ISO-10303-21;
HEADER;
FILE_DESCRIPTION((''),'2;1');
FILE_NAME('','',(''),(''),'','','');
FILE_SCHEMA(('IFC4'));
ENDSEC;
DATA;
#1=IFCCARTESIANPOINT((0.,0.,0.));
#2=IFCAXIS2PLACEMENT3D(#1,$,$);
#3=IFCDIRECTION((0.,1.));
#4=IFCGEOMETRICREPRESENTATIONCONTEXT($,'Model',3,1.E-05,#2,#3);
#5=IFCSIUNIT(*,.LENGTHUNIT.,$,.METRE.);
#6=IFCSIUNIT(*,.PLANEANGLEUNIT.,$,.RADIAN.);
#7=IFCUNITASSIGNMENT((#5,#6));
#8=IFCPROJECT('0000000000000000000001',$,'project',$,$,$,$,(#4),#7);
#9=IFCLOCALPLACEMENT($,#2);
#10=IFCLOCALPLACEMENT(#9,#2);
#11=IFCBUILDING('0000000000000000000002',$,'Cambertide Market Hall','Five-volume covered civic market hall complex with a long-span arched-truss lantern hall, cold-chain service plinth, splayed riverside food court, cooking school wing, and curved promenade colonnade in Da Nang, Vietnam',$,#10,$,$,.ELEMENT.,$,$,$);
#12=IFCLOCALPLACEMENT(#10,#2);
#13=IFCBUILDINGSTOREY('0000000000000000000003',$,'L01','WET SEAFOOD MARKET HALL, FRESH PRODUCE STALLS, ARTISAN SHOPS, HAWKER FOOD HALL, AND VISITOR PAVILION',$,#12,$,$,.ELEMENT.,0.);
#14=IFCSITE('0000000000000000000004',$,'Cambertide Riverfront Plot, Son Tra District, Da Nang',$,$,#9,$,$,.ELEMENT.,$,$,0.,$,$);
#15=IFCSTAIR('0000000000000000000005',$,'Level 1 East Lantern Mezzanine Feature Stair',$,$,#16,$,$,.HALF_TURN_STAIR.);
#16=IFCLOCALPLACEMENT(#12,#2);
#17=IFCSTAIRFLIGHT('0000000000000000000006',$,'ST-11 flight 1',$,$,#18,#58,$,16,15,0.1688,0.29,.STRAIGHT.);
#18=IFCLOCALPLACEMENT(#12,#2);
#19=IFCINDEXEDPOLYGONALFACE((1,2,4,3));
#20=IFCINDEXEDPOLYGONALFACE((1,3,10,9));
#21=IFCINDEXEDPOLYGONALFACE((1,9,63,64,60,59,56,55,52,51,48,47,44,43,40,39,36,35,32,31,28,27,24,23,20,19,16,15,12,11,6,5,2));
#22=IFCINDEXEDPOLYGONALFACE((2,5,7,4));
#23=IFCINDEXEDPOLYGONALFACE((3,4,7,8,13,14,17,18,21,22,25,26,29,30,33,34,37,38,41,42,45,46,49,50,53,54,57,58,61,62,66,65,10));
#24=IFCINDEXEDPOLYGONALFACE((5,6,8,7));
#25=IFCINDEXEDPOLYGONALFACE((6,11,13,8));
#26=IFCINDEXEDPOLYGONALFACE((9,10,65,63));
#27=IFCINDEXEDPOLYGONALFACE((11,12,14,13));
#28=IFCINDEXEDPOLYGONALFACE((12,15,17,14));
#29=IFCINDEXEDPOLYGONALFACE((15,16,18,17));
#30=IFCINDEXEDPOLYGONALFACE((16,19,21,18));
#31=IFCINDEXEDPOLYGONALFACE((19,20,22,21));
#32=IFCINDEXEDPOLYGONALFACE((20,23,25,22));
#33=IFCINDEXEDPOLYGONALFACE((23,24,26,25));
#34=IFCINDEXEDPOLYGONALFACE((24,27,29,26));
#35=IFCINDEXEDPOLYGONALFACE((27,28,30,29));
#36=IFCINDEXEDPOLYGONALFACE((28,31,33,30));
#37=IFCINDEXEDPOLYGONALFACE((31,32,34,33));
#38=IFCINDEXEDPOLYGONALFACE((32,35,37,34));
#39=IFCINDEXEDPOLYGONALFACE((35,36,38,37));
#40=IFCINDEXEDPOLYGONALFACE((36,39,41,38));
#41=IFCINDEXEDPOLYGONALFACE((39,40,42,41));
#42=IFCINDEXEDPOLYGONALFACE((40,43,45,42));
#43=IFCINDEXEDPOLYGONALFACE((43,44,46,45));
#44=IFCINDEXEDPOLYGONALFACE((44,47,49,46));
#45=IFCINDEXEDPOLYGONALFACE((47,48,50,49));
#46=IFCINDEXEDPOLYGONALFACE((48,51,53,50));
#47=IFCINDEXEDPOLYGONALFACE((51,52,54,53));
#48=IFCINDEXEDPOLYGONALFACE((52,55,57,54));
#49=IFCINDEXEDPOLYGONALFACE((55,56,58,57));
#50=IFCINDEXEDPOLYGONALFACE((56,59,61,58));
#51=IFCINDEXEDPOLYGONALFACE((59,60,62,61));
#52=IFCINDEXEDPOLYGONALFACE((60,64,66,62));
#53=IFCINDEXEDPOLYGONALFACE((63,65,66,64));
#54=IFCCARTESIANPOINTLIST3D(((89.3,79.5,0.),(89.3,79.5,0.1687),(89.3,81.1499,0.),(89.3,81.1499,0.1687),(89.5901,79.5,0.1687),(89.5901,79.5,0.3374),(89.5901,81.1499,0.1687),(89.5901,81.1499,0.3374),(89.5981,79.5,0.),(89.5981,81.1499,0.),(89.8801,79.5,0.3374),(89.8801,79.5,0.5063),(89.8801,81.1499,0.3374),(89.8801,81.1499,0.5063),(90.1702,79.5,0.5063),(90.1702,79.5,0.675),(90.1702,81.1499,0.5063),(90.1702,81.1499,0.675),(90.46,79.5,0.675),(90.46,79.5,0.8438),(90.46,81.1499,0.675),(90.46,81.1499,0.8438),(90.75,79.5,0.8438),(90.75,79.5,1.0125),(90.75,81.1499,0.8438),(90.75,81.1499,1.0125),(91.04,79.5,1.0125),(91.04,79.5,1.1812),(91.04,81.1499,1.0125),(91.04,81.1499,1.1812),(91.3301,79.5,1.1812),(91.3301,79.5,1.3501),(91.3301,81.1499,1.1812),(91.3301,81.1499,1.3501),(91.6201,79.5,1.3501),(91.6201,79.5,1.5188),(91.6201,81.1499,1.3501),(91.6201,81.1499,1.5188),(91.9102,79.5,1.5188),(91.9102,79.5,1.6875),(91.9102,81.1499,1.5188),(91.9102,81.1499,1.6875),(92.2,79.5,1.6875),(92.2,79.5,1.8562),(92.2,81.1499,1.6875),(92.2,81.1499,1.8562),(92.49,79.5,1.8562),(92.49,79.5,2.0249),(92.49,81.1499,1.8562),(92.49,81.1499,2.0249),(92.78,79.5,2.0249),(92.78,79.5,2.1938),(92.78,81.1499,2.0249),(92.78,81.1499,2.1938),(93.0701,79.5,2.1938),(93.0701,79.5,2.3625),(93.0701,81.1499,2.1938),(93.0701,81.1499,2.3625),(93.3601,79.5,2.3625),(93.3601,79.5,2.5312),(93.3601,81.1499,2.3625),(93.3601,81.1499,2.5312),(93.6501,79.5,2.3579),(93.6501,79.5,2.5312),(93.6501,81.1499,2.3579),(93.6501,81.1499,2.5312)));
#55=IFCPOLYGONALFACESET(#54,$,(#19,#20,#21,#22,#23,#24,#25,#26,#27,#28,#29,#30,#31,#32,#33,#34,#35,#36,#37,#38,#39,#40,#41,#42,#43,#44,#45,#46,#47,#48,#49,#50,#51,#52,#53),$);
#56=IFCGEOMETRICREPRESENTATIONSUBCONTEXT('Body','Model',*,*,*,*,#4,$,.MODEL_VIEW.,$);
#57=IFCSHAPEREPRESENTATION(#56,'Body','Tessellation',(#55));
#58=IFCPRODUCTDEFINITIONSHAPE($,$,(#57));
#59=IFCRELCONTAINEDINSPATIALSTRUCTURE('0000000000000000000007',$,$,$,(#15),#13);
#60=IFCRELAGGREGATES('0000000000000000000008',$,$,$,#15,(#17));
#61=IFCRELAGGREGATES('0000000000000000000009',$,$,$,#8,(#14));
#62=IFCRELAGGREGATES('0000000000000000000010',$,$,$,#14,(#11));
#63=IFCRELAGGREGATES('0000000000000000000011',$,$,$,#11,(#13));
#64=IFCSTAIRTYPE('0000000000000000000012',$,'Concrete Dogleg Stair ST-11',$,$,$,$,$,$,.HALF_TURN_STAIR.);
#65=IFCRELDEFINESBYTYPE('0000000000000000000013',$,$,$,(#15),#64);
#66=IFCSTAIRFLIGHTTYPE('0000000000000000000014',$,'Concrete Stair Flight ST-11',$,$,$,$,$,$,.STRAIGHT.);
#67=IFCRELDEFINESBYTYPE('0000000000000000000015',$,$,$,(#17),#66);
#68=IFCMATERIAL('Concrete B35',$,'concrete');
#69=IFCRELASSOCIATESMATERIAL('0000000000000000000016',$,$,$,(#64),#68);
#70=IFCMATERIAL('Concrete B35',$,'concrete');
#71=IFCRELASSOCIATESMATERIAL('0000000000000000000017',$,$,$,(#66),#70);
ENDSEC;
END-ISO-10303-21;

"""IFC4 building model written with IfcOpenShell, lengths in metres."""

from ifc_helpers import new_model, si_unit, direction, frame, origin, place, context, subcontext, project, spatial, polyline, outline, extrude, material, type_object, element, aggregate, save


model = new_model("IFC4")

# Units and contexts
model_context = context("Model", 3, precision=1e-05, world=origin(), true_north=direction((0.0, 1.0)))
body_context = subcontext(model_context, "Body", "Model", "MODEL_VIEW")
ifc_project = project(units=[si_unit("LENGTHUNIT", "METRE"), si_unit("PLANEANGLEUNIT", "RADIAN")], contexts=[model_context])

# Site, building, storey
site_placement = place(None, origin())
site = spatial("IfcSite", under=ifc_project, at=site_placement, Name="Cambertide Riverfront Plot, Son Tra District, Da Nang", CompositionType="ELEMENT", RefElevation=0.0)
building_placement = place(site_placement, origin())
building = spatial("IfcBuilding", under=site, at=building_placement, Name="Cambertide Market Hall", Description="Five-volume covered civic market hall complex with a long-span arched-truss lantern hall, cold-chain service plinth, splayed riverside food court, cooking school wing, and curved promenade colonnade in Da Nang, Vietnam", CompositionType="ELEMENT")
storey_placement = place(building_placement, origin())
storey = spatial("IfcBuildingStorey", under=building, at=storey_placement, Name="L01", Description="WET SEAFOOD MARKET HALL, FRESH PRODUCE STALLS, ARTISAN SHOPS, HAWKER FOOD HALL, AND VISITOR PAVILION", CompositionType="ELEMENT", Elevation=0.0)

# Stair, stair flight
ifc_material_1 = material(Name="Concrete B35", Category="concrete")
stair_type_1 = type_object("IfcStairType", Name="Concrete Dogleg Stair ST-11", PredefinedType="HALF_TURN_STAIR", material=ifc_material_1)
stair_1_placement = place(storey_placement, origin())
stair_1 = element("IfcStair", 1, at=stair_1_placement, inside=storey, type_object=stair_type_1, Name="Level 1 East Lantern Mezzanine Feature Stair", PredefinedType="HALF_TURN_STAIR")
ifc_material_2 = material(Name="Concrete B35", Category="concrete")
stair_flight_type_1 = type_object("IfcStairFlightType", Name="Concrete Stair Flight ST-11", PredefinedType="STRAIGHT", material=ifc_material_2)
stair_flight_1_placement = place(storey_placement, frame((89.3, 80.325, 0.0), z_axis=(0.0, 0.0, 1.0), x_axis=(1.0, 0.0, 0.0)))
stair_flight_1 = element("IfcStairFlight", 2, at=stair_flight_1_placement, type_object=stair_flight_type_1, Name="ST-11 flight 1", NumberOfRisers=16, NumberOfTreads=15, PredefinedType="STRAIGHT", RiserHeight=0.1688, TreadLength=0.29, context=body_context, shape_type="SweptSolid", body=[
    extrude(outline(polyline([(0.0, 0.0), (0.0, 0.1687), (0.29, 0.1687), (0.29, 0.3374), (0.5801, 0.3374), (0.5801, 0.5063), (0.8701, 0.5063), (0.8701, 0.675), (1.1599, 0.675), (1.1599, 0.8438), (1.45, 0.8438), (1.45, 1.0125), (1.74, 1.0125), (1.74, 1.1812), (2.03, 1.1812), (2.03, 1.3501), (2.3201, 1.3501), (2.3201, 1.5188), (2.6101, 1.5188), (2.6101, 1.6875), (2.8999, 1.6875), (2.8999, 1.8562), (3.1899, 1.8562), (3.1899, 2.0249), (3.48, 2.0249), (3.48, 2.1938), (3.77, 2.1938), (3.77, 2.3625), (4.0601, 2.3625), (4.0601, 2.5312), (4.3501, 2.5312), (4.3501, 2.7), (4.3501, 2.3579), (0.2981, 0.0), (0.0, 0.0)])), frame((0.0, 0.825, 0.0), z_axis=(0.0, -1.0, 0.0), x_axis=(1.0, 0.0, 0.0)), (0.0, 0.0, 1.0), 1.6499),
])
aggregate(stair_1, [stair_flight_1])

save(model, "model.ifc")
